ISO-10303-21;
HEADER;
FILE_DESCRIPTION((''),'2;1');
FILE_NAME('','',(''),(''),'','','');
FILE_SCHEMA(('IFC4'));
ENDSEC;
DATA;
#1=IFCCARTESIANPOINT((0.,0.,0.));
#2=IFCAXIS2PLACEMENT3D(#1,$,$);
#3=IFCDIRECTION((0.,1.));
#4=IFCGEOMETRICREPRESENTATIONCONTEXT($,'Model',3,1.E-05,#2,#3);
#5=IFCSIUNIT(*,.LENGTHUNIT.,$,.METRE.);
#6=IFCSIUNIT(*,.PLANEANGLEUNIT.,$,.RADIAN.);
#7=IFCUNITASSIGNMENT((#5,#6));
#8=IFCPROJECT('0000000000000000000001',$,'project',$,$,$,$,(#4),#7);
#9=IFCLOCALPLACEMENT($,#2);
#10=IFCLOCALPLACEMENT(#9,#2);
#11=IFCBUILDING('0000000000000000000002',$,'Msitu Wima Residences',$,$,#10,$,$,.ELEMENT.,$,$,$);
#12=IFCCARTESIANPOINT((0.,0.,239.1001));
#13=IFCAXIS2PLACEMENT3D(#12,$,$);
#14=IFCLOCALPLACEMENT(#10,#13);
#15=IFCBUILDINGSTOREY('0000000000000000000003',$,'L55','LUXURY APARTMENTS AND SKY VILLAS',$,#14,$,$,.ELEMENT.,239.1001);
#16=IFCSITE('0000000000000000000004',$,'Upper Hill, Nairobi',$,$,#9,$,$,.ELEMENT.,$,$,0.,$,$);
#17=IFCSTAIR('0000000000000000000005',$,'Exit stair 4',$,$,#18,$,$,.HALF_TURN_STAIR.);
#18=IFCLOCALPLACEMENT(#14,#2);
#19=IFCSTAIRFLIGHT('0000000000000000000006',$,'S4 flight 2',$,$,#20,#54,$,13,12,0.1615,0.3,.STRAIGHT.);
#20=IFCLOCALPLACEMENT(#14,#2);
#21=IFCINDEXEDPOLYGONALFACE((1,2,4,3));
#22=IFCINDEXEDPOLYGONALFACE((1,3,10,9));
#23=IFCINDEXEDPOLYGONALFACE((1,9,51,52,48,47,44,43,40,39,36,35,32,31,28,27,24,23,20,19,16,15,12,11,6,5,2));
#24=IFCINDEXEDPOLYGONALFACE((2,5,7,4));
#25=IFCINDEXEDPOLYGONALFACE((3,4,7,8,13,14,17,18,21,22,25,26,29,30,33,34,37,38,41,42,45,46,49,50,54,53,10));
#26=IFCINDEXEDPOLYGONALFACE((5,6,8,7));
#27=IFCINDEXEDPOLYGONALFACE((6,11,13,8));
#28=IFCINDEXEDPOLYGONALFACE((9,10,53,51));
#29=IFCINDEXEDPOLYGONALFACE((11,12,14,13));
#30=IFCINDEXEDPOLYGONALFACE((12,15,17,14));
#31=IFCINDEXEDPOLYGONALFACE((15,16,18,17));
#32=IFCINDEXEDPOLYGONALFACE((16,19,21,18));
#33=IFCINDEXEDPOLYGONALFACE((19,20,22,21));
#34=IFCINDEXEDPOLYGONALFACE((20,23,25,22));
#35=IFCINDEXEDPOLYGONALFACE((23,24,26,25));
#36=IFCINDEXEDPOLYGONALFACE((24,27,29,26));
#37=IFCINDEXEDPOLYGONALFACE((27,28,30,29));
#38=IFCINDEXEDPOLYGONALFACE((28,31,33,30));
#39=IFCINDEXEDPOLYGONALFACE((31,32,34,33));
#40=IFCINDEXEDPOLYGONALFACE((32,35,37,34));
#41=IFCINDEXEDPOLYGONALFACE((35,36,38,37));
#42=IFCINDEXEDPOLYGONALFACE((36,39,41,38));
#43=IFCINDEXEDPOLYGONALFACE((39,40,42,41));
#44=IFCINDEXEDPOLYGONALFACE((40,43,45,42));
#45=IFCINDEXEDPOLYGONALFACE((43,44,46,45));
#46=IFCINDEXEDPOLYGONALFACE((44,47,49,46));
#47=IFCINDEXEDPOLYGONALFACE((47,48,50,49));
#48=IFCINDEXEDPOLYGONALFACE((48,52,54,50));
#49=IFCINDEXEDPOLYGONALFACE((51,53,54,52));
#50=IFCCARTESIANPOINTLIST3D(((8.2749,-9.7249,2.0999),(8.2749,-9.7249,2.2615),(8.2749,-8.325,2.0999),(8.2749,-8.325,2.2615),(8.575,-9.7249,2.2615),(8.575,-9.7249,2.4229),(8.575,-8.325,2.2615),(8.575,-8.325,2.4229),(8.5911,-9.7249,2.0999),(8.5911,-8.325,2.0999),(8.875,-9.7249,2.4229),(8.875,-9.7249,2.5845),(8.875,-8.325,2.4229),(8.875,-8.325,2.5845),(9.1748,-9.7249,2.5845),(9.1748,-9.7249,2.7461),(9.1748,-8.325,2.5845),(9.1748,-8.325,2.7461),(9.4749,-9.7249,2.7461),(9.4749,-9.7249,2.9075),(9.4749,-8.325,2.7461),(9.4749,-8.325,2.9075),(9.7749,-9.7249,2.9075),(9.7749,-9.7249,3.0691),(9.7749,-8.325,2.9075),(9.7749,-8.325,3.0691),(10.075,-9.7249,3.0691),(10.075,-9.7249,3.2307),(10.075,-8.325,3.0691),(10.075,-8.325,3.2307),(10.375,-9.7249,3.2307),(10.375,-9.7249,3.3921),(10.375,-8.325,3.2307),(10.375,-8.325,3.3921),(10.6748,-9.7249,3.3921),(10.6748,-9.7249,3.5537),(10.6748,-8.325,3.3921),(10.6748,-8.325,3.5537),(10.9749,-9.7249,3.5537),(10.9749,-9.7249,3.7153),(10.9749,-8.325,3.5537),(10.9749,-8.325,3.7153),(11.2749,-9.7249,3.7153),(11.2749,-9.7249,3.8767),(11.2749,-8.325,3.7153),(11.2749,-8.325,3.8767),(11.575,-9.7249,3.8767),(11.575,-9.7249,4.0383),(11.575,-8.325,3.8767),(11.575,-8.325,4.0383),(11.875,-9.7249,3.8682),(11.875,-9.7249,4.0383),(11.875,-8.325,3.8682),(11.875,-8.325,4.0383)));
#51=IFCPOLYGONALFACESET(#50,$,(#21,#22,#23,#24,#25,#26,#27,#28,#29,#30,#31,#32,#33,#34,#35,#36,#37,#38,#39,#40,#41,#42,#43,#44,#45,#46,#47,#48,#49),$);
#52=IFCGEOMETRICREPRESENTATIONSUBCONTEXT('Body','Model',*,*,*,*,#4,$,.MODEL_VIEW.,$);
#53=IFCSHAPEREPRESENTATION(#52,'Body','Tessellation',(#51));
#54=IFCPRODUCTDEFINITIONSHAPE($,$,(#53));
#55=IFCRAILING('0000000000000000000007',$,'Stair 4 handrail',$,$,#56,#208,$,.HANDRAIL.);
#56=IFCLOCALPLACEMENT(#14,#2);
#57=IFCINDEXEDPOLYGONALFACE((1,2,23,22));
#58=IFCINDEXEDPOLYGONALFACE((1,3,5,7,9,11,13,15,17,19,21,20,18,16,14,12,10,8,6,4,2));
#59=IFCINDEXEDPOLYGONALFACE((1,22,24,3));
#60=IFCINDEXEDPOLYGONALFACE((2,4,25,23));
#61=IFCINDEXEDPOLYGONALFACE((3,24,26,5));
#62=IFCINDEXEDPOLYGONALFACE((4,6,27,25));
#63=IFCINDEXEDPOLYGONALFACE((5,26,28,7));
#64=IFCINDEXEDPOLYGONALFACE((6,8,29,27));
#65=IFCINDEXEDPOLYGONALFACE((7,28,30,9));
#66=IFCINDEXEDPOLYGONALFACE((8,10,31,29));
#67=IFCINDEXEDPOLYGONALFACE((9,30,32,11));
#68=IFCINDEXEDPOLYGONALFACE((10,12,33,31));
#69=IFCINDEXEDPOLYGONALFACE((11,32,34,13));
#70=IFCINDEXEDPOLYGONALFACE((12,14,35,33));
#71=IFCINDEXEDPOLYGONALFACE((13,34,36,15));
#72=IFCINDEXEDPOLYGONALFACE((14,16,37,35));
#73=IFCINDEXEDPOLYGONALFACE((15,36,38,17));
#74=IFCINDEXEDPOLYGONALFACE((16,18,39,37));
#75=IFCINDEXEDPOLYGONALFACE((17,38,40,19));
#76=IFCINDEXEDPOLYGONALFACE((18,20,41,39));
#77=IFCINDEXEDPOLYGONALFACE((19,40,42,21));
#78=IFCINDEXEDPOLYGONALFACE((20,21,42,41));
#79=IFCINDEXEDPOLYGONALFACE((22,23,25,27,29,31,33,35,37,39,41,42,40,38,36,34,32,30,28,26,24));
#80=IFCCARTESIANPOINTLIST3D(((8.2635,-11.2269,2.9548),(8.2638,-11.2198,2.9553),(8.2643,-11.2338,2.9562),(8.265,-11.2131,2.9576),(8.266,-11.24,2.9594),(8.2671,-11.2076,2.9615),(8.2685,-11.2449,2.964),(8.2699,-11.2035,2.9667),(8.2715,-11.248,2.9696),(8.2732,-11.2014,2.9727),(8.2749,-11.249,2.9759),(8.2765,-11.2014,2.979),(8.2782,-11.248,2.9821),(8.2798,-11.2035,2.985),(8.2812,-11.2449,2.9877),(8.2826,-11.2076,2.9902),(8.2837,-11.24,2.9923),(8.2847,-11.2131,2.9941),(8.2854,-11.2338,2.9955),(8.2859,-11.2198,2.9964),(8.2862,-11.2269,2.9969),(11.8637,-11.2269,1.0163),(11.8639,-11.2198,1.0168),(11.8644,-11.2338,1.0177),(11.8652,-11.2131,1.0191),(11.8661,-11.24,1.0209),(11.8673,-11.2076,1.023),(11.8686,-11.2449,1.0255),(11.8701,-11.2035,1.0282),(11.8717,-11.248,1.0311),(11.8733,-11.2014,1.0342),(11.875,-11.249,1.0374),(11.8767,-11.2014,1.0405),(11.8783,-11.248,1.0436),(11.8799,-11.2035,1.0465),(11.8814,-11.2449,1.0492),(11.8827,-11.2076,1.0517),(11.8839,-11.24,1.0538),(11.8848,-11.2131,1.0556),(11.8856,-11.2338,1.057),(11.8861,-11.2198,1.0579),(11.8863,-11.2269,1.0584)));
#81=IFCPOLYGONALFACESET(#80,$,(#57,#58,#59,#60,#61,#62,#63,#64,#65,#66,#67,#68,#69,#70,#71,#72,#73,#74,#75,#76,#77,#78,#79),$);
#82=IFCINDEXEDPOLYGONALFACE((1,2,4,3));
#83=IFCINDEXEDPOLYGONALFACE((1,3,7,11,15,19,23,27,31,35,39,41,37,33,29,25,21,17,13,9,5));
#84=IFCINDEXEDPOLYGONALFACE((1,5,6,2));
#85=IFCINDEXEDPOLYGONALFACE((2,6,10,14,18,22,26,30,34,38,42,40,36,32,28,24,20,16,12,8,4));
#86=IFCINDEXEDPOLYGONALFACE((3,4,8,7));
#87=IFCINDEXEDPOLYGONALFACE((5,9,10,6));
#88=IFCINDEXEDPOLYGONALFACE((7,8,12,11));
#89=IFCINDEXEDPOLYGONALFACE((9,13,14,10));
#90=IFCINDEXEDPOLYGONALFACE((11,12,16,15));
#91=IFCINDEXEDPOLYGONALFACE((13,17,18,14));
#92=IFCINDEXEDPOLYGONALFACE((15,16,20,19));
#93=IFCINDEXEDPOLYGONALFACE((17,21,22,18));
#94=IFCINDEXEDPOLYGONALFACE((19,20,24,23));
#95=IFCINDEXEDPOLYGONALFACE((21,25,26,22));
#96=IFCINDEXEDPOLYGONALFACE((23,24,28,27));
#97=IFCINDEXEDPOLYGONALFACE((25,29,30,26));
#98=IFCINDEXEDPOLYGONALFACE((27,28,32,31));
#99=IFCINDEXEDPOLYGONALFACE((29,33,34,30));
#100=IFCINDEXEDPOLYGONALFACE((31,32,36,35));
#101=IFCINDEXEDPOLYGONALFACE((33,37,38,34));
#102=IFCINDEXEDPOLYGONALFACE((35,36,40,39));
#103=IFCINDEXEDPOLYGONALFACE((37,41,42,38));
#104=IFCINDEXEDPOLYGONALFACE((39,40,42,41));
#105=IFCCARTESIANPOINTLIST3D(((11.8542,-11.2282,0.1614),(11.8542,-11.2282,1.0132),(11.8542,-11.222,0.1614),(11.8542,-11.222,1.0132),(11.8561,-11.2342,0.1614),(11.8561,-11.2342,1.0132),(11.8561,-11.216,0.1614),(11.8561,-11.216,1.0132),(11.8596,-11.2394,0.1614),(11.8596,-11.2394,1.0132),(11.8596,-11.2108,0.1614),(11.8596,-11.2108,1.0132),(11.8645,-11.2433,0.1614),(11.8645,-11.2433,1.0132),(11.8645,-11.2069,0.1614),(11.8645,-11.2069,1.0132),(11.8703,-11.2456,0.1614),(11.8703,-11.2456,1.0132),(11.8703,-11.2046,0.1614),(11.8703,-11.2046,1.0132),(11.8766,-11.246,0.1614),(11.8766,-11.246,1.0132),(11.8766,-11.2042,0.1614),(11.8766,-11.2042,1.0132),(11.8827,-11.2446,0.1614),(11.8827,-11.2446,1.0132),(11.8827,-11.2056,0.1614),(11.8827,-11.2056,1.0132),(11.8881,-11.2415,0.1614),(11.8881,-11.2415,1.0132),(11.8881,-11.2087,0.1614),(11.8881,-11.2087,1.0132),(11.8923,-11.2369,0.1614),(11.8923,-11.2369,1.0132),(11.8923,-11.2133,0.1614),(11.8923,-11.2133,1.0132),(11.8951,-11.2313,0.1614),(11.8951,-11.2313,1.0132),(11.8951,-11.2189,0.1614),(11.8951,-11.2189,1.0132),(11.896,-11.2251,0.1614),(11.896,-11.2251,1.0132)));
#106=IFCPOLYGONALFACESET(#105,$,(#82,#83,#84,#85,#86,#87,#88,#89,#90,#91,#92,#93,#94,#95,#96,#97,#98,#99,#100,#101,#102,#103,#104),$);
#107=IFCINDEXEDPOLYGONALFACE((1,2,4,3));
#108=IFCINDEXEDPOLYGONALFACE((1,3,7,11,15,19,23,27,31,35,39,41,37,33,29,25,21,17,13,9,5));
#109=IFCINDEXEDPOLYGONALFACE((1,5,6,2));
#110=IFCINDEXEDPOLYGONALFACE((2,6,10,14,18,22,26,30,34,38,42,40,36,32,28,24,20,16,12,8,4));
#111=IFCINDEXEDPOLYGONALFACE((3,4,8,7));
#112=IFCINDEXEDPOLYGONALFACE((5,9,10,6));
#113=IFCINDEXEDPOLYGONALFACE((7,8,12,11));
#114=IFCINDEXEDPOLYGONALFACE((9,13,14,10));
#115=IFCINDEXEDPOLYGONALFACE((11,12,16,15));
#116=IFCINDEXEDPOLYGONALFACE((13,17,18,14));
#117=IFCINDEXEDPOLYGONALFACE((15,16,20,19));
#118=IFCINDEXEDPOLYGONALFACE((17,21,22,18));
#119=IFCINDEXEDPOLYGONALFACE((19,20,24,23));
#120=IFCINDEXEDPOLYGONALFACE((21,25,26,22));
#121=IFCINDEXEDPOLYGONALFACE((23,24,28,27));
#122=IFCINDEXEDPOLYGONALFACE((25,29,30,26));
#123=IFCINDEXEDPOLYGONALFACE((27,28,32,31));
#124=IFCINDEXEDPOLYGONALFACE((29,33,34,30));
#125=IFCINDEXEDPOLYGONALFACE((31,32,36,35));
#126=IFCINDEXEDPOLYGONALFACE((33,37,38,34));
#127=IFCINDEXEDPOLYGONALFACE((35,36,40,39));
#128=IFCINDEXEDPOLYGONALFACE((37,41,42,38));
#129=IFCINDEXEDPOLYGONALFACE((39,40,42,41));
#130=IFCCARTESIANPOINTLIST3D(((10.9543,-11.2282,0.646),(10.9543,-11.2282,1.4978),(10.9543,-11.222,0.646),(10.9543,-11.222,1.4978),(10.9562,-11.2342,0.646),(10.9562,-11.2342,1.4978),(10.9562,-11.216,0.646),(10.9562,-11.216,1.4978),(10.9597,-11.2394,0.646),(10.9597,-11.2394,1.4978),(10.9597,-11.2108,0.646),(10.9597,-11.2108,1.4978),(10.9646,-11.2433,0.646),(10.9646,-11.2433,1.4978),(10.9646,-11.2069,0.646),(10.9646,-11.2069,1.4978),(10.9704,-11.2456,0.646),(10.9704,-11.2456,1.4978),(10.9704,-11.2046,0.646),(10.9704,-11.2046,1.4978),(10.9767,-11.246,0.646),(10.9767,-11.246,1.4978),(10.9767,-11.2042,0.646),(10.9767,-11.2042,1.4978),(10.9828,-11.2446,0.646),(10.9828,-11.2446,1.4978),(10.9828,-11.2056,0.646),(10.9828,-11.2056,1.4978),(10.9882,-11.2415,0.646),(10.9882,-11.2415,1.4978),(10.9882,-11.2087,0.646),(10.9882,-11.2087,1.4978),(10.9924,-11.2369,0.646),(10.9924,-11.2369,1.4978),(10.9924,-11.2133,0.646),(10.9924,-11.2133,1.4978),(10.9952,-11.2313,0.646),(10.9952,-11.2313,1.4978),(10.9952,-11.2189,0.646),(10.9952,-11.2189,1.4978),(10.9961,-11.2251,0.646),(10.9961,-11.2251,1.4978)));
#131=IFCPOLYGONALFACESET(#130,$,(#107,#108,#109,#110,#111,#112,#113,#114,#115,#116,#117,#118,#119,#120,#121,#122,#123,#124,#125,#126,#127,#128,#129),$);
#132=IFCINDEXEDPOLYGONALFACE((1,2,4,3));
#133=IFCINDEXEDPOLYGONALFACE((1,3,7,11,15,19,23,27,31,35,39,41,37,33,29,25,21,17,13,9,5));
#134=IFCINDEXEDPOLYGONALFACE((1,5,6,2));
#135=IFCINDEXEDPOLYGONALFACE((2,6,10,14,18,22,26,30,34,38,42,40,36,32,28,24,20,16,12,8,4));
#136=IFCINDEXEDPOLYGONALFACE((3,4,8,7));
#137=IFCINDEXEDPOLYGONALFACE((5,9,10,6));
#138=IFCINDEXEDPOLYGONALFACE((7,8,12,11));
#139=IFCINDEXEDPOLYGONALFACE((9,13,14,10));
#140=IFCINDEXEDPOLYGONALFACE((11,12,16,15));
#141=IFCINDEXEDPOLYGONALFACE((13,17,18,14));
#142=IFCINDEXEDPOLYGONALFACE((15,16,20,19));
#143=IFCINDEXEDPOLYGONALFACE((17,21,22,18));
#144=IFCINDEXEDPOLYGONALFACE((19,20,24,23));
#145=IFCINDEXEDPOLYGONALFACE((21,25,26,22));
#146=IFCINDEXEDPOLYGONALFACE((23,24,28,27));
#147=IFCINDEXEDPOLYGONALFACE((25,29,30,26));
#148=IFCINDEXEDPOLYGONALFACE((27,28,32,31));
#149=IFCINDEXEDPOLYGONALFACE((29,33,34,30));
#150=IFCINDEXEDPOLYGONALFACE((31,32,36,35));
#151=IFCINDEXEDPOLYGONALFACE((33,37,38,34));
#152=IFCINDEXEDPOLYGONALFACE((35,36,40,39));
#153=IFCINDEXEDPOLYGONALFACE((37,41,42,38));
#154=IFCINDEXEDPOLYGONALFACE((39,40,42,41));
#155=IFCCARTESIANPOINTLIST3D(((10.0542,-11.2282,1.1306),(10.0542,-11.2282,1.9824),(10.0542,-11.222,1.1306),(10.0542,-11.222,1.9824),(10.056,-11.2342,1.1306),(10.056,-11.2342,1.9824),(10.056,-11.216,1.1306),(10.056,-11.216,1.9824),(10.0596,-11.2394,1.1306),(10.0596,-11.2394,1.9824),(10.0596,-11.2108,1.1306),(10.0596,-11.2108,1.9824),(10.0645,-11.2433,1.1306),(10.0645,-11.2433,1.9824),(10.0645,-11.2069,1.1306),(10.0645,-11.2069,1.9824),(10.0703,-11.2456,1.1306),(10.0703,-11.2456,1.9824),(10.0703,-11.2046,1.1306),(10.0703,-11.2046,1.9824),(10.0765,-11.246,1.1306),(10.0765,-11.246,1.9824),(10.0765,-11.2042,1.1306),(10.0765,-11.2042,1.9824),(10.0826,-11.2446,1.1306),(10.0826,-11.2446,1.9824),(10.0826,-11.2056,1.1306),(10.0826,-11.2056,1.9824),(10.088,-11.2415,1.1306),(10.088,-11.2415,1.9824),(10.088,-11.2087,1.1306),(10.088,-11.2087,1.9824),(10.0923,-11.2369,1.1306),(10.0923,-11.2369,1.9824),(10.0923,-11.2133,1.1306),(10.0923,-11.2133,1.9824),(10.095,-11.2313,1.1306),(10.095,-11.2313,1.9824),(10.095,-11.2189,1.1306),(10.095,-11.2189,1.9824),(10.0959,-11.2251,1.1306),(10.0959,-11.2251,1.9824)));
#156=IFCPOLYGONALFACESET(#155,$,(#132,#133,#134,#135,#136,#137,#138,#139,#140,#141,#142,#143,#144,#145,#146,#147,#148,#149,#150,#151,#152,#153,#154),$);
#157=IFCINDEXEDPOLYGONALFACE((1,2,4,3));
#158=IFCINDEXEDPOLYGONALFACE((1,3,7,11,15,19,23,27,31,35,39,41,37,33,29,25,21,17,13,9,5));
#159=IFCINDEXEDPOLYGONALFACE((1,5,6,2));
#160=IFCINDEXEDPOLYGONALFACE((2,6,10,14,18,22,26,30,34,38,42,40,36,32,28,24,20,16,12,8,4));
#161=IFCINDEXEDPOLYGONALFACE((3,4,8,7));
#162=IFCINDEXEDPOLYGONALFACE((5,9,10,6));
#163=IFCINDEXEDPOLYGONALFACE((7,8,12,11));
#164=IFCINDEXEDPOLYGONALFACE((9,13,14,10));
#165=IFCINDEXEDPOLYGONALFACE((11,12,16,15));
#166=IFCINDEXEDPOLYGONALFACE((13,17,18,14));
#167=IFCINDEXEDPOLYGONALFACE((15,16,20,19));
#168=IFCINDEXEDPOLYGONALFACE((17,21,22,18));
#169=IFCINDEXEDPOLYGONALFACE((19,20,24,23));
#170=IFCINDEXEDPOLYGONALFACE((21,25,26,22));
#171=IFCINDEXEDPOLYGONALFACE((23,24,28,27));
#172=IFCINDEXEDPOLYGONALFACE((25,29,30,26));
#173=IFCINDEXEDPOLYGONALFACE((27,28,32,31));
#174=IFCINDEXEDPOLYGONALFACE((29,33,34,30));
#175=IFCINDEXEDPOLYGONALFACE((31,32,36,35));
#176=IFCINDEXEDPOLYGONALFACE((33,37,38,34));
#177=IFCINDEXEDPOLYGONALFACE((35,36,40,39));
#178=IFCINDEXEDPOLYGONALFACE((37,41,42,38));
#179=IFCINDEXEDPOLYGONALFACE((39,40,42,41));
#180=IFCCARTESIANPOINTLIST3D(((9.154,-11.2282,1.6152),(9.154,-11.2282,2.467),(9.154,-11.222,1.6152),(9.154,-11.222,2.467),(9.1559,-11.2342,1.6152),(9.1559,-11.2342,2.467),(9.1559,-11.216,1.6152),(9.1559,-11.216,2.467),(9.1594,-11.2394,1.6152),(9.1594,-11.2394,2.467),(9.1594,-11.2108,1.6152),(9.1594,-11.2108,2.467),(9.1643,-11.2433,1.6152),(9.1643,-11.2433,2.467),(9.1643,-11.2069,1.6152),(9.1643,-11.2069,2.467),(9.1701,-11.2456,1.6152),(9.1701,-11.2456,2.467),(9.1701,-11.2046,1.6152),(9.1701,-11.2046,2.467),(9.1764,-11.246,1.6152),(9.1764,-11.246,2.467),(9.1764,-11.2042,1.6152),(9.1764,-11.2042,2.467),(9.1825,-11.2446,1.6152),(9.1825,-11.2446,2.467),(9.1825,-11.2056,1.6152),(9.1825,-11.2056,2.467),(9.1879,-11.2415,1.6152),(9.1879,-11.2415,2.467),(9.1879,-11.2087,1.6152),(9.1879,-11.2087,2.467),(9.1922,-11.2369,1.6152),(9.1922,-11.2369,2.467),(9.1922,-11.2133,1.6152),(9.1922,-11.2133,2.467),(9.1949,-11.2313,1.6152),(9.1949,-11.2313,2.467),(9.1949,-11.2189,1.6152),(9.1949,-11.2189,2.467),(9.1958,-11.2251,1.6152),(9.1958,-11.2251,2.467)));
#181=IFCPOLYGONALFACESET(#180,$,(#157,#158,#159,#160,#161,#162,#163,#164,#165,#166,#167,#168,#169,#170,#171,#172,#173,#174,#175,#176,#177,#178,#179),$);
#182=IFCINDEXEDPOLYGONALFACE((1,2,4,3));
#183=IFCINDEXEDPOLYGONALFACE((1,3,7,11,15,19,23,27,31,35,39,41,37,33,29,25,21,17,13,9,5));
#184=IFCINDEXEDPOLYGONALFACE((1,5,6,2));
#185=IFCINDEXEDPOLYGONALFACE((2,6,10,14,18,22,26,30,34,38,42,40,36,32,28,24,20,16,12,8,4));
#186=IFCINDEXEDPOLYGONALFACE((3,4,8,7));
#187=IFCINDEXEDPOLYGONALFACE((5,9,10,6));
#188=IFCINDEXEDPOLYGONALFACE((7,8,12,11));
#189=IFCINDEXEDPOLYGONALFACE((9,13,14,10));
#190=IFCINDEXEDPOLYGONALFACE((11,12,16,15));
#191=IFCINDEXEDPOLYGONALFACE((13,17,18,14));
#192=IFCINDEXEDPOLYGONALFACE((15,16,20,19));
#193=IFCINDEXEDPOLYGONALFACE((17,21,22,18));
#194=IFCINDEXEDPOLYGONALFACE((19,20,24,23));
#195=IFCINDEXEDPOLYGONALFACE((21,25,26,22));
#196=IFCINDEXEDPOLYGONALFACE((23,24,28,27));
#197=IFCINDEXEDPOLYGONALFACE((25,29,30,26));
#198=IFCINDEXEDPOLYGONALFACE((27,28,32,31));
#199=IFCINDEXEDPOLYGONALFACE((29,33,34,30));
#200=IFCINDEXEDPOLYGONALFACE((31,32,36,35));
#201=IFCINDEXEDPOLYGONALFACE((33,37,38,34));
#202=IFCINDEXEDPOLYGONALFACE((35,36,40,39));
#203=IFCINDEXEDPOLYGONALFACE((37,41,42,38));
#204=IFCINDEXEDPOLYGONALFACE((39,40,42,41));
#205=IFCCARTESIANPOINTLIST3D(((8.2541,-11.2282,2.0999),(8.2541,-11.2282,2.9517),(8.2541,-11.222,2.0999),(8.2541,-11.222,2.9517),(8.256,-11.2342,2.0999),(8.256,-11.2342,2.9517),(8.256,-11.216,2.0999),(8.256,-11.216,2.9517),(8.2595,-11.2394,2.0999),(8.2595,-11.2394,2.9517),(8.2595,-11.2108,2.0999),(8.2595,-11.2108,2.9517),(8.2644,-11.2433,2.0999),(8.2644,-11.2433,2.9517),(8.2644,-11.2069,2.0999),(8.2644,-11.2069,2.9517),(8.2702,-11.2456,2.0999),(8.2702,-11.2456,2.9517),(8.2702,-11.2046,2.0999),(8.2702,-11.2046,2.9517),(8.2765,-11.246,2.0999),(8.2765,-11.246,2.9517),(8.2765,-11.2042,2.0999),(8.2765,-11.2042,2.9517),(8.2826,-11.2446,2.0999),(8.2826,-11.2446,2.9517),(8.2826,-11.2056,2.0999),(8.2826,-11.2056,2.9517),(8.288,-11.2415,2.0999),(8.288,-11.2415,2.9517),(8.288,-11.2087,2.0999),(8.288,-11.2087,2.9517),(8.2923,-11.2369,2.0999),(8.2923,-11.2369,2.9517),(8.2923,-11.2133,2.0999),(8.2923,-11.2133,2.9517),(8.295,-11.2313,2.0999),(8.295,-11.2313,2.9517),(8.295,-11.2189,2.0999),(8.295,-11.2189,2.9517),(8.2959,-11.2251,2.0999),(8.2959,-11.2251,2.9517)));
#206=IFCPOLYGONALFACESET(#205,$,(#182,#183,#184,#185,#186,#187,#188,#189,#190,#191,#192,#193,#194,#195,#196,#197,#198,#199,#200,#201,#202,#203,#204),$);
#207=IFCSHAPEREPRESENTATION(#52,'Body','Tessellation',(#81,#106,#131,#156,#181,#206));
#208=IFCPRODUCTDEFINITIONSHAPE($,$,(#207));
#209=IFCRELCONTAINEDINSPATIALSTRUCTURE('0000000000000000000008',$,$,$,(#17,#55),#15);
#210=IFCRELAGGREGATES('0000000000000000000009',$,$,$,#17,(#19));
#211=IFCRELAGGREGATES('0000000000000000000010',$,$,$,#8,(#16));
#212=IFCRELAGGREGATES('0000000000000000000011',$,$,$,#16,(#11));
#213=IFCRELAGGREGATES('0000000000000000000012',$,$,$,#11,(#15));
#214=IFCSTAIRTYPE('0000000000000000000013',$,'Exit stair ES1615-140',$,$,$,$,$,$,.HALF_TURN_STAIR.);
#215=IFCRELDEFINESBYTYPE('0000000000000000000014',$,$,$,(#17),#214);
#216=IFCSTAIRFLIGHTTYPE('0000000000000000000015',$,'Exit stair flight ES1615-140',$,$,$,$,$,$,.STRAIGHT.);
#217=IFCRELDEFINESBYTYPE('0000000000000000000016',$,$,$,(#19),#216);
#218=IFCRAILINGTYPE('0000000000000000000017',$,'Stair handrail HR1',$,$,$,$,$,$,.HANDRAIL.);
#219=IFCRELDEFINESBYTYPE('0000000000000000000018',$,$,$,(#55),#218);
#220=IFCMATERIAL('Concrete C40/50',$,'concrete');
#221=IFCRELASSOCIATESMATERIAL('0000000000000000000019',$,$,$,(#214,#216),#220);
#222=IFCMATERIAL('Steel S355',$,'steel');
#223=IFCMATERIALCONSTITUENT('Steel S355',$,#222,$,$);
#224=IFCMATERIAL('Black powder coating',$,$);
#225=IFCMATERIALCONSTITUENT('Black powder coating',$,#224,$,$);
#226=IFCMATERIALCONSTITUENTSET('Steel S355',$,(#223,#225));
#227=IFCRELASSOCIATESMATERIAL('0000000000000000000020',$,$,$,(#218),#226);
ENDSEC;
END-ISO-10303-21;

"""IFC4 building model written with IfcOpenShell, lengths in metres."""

from ifc_helpers import new_model, si_unit, direction, frame, origin, origin_2d, place, context, subcontext, project, spatial, polyline, circle, outline, extrude, material, constituent, constituent_set, type_object, element, aggregate, save


model = new_model("IFC4")

# Units and contexts
model_context = context("Model", 3, precision=1e-05, world=origin(), true_north=direction((0.0, 1.0)))
body_context = subcontext(model_context, "Body", "Model", "MODEL_VIEW")
ifc_project = project(units=[si_unit("LENGTHUNIT", "METRE"), si_unit("PLANEANGLEUNIT", "RADIAN")], contexts=[model_context])

# Site, building, storey
site_placement = place(None, origin())
site = spatial("IfcSite", under=ifc_project, at=site_placement, Name="Upper Hill, Nairobi", CompositionType="ELEMENT", RefElevation=0.0)
building_placement = place(site_placement, origin())
building = spatial("IfcBuilding", under=site, at=building_placement, Name="Msitu Wima Residences", CompositionType="ELEMENT")
storey_placement = place(building_placement, frame((0.0, 0.0, 239.1001)))
storey = spatial("IfcBuildingStorey", under=building, at=storey_placement, Name="L55", Description="LUXURY APARTMENTS AND SKY VILLAS", CompositionType="ELEMENT", Elevation=239.1001)

# Shared definitions
ifc_material_1 = material(Name="Concrete C40/50", Category="concrete")

# Stair, stair flight
stair_type = type_object("IfcStairType", Name="Exit stair ES1615-140", PredefinedType="HALF_TURN_STAIR", material=ifc_material_1)
stair_placement = place(storey_placement, origin())
stair = element("IfcStair", 1, at=stair_placement, inside=storey, type_object=stair_type, Name="Exit stair 4", PredefinedType="HALF_TURN_STAIR")
stair_flight_type = type_object("IfcStairFlightType", Name="Exit stair flight ES1615-140", PredefinedType="STRAIGHT", material=ifc_material_1)
stair_flight_1_placement = place(storey_placement, frame((8.2749, -9.0249, 2.0999), z_axis=(0.0, 0.0, 1.0), x_axis=(1.0, 0.0, 0.0)))
stair_flight_1 = element("IfcStairFlight", 2, at=stair_flight_1_placement, type_object=stair_flight_type, Name="S4 flight 2", NumberOfRisers=13, NumberOfTreads=12, PredefinedType="STRAIGHT", RiserHeight=0.1615, TreadLength=0.3, context=body_context, shape_type="SweptSolid", body=[
    extrude(outline(polyline([(0.0, 0.0), (0.0, 0.1616), (0.3, 0.1616), (0.3, 0.323), (0.6001, 0.323), (0.6001, 0.4846), (0.8999, 0.4846), (0.8999, 0.6462), (1.2, 0.6462), (1.2, 0.8076), (1.5, 0.8076), (1.5, 0.9692), (1.8, 0.9692), (1.8, 1.1309), (2.1001, 1.1309), (2.1001, 1.2922), (2.3999, 1.2922), (2.3999, 1.4539), (2.7, 1.4539), (2.7, 1.6155), (3.0, 1.6155), (3.0, 1.7769), (3.3, 1.7769), (3.3, 1.9385), (3.6001, 1.9385), (3.6001, 2.1001), (3.6001, 1.7683), (0.3162, 0.0), (0.0, 0.0)])), frame((0.0, 0.7, 0.0), z_axis=(0.0, -1.0, 0.0), x_axis=(1.0, 0.0, 0.0)), (0.0, 0.0, 1.0), 1.3999),
])
aggregate(stair, [stair_flight_1])

# Railing
ifc_material_2 = material(Name="Steel S355", Category="steel")
ifc_constituent_1 = constituent(ifc_material_2, Name="Steel S355")
ifc_material_3 = material(Name="Black powder coating")
ifc_constituent_2 = constituent(ifc_material_3, Name="Black powder coating")
ifc_constituent_set = constituent_set(constituents=[ifc_constituent_1, ifc_constituent_2], Name="Steel S355")
railing_type = type_object("IfcRailingType", Name="Stair handrail HR1", PredefinedType="HANDRAIL", material=ifc_constituent_set)
for number, where, name in (
    (3, (11.875, -11.2251, 0.1614), "Stair 4 handrail"),
):
    element("IfcRailing", number, at=place(storey_placement, frame(where)), inside=storey, type_object=railing_type, Name=name, PredefinedType="HANDRAIL", context=body_context, shape_type="SweptSolid", body=[
        extrude(circle(Radius=0.0239, at=origin_2d()), frame((0.0, 0.0, 0.876), z_axis=(-0.880475, 0.0, 0.474093), x_axis=(0.0, -1.0, 0.0)), (0.0, 0.0, 1.0), 4.0889),
        extrude(circle(Radius=0.021, at=origin_2d()), origin(), (0.0, 0.0, 1.0), 0.8518),
        extrude(circle(Radius=0.021, at=origin_2d()), frame((-0.8999, 0.0, 0.4846)), (0.0, 0.0, 1.0), 0.8518),
        extrude(circle(Radius=0.021, at=origin_2d()), frame((-1.8, 0.0, 0.9692)), (0.0, 0.0, 1.0), 0.8518),
        extrude(circle(Radius=0.021, at=origin_2d()), frame((-2.7002, 0.0, 1.4539)), (0.0, 0.0, 1.0), 0.8518),
        extrude(circle(Radius=0.021, at=origin_2d()), frame((-3.6001, 0.0, 1.9385)), (0.0, 0.0, 1.0), 0.8518),
    ])

save(model, "model.ifc")
